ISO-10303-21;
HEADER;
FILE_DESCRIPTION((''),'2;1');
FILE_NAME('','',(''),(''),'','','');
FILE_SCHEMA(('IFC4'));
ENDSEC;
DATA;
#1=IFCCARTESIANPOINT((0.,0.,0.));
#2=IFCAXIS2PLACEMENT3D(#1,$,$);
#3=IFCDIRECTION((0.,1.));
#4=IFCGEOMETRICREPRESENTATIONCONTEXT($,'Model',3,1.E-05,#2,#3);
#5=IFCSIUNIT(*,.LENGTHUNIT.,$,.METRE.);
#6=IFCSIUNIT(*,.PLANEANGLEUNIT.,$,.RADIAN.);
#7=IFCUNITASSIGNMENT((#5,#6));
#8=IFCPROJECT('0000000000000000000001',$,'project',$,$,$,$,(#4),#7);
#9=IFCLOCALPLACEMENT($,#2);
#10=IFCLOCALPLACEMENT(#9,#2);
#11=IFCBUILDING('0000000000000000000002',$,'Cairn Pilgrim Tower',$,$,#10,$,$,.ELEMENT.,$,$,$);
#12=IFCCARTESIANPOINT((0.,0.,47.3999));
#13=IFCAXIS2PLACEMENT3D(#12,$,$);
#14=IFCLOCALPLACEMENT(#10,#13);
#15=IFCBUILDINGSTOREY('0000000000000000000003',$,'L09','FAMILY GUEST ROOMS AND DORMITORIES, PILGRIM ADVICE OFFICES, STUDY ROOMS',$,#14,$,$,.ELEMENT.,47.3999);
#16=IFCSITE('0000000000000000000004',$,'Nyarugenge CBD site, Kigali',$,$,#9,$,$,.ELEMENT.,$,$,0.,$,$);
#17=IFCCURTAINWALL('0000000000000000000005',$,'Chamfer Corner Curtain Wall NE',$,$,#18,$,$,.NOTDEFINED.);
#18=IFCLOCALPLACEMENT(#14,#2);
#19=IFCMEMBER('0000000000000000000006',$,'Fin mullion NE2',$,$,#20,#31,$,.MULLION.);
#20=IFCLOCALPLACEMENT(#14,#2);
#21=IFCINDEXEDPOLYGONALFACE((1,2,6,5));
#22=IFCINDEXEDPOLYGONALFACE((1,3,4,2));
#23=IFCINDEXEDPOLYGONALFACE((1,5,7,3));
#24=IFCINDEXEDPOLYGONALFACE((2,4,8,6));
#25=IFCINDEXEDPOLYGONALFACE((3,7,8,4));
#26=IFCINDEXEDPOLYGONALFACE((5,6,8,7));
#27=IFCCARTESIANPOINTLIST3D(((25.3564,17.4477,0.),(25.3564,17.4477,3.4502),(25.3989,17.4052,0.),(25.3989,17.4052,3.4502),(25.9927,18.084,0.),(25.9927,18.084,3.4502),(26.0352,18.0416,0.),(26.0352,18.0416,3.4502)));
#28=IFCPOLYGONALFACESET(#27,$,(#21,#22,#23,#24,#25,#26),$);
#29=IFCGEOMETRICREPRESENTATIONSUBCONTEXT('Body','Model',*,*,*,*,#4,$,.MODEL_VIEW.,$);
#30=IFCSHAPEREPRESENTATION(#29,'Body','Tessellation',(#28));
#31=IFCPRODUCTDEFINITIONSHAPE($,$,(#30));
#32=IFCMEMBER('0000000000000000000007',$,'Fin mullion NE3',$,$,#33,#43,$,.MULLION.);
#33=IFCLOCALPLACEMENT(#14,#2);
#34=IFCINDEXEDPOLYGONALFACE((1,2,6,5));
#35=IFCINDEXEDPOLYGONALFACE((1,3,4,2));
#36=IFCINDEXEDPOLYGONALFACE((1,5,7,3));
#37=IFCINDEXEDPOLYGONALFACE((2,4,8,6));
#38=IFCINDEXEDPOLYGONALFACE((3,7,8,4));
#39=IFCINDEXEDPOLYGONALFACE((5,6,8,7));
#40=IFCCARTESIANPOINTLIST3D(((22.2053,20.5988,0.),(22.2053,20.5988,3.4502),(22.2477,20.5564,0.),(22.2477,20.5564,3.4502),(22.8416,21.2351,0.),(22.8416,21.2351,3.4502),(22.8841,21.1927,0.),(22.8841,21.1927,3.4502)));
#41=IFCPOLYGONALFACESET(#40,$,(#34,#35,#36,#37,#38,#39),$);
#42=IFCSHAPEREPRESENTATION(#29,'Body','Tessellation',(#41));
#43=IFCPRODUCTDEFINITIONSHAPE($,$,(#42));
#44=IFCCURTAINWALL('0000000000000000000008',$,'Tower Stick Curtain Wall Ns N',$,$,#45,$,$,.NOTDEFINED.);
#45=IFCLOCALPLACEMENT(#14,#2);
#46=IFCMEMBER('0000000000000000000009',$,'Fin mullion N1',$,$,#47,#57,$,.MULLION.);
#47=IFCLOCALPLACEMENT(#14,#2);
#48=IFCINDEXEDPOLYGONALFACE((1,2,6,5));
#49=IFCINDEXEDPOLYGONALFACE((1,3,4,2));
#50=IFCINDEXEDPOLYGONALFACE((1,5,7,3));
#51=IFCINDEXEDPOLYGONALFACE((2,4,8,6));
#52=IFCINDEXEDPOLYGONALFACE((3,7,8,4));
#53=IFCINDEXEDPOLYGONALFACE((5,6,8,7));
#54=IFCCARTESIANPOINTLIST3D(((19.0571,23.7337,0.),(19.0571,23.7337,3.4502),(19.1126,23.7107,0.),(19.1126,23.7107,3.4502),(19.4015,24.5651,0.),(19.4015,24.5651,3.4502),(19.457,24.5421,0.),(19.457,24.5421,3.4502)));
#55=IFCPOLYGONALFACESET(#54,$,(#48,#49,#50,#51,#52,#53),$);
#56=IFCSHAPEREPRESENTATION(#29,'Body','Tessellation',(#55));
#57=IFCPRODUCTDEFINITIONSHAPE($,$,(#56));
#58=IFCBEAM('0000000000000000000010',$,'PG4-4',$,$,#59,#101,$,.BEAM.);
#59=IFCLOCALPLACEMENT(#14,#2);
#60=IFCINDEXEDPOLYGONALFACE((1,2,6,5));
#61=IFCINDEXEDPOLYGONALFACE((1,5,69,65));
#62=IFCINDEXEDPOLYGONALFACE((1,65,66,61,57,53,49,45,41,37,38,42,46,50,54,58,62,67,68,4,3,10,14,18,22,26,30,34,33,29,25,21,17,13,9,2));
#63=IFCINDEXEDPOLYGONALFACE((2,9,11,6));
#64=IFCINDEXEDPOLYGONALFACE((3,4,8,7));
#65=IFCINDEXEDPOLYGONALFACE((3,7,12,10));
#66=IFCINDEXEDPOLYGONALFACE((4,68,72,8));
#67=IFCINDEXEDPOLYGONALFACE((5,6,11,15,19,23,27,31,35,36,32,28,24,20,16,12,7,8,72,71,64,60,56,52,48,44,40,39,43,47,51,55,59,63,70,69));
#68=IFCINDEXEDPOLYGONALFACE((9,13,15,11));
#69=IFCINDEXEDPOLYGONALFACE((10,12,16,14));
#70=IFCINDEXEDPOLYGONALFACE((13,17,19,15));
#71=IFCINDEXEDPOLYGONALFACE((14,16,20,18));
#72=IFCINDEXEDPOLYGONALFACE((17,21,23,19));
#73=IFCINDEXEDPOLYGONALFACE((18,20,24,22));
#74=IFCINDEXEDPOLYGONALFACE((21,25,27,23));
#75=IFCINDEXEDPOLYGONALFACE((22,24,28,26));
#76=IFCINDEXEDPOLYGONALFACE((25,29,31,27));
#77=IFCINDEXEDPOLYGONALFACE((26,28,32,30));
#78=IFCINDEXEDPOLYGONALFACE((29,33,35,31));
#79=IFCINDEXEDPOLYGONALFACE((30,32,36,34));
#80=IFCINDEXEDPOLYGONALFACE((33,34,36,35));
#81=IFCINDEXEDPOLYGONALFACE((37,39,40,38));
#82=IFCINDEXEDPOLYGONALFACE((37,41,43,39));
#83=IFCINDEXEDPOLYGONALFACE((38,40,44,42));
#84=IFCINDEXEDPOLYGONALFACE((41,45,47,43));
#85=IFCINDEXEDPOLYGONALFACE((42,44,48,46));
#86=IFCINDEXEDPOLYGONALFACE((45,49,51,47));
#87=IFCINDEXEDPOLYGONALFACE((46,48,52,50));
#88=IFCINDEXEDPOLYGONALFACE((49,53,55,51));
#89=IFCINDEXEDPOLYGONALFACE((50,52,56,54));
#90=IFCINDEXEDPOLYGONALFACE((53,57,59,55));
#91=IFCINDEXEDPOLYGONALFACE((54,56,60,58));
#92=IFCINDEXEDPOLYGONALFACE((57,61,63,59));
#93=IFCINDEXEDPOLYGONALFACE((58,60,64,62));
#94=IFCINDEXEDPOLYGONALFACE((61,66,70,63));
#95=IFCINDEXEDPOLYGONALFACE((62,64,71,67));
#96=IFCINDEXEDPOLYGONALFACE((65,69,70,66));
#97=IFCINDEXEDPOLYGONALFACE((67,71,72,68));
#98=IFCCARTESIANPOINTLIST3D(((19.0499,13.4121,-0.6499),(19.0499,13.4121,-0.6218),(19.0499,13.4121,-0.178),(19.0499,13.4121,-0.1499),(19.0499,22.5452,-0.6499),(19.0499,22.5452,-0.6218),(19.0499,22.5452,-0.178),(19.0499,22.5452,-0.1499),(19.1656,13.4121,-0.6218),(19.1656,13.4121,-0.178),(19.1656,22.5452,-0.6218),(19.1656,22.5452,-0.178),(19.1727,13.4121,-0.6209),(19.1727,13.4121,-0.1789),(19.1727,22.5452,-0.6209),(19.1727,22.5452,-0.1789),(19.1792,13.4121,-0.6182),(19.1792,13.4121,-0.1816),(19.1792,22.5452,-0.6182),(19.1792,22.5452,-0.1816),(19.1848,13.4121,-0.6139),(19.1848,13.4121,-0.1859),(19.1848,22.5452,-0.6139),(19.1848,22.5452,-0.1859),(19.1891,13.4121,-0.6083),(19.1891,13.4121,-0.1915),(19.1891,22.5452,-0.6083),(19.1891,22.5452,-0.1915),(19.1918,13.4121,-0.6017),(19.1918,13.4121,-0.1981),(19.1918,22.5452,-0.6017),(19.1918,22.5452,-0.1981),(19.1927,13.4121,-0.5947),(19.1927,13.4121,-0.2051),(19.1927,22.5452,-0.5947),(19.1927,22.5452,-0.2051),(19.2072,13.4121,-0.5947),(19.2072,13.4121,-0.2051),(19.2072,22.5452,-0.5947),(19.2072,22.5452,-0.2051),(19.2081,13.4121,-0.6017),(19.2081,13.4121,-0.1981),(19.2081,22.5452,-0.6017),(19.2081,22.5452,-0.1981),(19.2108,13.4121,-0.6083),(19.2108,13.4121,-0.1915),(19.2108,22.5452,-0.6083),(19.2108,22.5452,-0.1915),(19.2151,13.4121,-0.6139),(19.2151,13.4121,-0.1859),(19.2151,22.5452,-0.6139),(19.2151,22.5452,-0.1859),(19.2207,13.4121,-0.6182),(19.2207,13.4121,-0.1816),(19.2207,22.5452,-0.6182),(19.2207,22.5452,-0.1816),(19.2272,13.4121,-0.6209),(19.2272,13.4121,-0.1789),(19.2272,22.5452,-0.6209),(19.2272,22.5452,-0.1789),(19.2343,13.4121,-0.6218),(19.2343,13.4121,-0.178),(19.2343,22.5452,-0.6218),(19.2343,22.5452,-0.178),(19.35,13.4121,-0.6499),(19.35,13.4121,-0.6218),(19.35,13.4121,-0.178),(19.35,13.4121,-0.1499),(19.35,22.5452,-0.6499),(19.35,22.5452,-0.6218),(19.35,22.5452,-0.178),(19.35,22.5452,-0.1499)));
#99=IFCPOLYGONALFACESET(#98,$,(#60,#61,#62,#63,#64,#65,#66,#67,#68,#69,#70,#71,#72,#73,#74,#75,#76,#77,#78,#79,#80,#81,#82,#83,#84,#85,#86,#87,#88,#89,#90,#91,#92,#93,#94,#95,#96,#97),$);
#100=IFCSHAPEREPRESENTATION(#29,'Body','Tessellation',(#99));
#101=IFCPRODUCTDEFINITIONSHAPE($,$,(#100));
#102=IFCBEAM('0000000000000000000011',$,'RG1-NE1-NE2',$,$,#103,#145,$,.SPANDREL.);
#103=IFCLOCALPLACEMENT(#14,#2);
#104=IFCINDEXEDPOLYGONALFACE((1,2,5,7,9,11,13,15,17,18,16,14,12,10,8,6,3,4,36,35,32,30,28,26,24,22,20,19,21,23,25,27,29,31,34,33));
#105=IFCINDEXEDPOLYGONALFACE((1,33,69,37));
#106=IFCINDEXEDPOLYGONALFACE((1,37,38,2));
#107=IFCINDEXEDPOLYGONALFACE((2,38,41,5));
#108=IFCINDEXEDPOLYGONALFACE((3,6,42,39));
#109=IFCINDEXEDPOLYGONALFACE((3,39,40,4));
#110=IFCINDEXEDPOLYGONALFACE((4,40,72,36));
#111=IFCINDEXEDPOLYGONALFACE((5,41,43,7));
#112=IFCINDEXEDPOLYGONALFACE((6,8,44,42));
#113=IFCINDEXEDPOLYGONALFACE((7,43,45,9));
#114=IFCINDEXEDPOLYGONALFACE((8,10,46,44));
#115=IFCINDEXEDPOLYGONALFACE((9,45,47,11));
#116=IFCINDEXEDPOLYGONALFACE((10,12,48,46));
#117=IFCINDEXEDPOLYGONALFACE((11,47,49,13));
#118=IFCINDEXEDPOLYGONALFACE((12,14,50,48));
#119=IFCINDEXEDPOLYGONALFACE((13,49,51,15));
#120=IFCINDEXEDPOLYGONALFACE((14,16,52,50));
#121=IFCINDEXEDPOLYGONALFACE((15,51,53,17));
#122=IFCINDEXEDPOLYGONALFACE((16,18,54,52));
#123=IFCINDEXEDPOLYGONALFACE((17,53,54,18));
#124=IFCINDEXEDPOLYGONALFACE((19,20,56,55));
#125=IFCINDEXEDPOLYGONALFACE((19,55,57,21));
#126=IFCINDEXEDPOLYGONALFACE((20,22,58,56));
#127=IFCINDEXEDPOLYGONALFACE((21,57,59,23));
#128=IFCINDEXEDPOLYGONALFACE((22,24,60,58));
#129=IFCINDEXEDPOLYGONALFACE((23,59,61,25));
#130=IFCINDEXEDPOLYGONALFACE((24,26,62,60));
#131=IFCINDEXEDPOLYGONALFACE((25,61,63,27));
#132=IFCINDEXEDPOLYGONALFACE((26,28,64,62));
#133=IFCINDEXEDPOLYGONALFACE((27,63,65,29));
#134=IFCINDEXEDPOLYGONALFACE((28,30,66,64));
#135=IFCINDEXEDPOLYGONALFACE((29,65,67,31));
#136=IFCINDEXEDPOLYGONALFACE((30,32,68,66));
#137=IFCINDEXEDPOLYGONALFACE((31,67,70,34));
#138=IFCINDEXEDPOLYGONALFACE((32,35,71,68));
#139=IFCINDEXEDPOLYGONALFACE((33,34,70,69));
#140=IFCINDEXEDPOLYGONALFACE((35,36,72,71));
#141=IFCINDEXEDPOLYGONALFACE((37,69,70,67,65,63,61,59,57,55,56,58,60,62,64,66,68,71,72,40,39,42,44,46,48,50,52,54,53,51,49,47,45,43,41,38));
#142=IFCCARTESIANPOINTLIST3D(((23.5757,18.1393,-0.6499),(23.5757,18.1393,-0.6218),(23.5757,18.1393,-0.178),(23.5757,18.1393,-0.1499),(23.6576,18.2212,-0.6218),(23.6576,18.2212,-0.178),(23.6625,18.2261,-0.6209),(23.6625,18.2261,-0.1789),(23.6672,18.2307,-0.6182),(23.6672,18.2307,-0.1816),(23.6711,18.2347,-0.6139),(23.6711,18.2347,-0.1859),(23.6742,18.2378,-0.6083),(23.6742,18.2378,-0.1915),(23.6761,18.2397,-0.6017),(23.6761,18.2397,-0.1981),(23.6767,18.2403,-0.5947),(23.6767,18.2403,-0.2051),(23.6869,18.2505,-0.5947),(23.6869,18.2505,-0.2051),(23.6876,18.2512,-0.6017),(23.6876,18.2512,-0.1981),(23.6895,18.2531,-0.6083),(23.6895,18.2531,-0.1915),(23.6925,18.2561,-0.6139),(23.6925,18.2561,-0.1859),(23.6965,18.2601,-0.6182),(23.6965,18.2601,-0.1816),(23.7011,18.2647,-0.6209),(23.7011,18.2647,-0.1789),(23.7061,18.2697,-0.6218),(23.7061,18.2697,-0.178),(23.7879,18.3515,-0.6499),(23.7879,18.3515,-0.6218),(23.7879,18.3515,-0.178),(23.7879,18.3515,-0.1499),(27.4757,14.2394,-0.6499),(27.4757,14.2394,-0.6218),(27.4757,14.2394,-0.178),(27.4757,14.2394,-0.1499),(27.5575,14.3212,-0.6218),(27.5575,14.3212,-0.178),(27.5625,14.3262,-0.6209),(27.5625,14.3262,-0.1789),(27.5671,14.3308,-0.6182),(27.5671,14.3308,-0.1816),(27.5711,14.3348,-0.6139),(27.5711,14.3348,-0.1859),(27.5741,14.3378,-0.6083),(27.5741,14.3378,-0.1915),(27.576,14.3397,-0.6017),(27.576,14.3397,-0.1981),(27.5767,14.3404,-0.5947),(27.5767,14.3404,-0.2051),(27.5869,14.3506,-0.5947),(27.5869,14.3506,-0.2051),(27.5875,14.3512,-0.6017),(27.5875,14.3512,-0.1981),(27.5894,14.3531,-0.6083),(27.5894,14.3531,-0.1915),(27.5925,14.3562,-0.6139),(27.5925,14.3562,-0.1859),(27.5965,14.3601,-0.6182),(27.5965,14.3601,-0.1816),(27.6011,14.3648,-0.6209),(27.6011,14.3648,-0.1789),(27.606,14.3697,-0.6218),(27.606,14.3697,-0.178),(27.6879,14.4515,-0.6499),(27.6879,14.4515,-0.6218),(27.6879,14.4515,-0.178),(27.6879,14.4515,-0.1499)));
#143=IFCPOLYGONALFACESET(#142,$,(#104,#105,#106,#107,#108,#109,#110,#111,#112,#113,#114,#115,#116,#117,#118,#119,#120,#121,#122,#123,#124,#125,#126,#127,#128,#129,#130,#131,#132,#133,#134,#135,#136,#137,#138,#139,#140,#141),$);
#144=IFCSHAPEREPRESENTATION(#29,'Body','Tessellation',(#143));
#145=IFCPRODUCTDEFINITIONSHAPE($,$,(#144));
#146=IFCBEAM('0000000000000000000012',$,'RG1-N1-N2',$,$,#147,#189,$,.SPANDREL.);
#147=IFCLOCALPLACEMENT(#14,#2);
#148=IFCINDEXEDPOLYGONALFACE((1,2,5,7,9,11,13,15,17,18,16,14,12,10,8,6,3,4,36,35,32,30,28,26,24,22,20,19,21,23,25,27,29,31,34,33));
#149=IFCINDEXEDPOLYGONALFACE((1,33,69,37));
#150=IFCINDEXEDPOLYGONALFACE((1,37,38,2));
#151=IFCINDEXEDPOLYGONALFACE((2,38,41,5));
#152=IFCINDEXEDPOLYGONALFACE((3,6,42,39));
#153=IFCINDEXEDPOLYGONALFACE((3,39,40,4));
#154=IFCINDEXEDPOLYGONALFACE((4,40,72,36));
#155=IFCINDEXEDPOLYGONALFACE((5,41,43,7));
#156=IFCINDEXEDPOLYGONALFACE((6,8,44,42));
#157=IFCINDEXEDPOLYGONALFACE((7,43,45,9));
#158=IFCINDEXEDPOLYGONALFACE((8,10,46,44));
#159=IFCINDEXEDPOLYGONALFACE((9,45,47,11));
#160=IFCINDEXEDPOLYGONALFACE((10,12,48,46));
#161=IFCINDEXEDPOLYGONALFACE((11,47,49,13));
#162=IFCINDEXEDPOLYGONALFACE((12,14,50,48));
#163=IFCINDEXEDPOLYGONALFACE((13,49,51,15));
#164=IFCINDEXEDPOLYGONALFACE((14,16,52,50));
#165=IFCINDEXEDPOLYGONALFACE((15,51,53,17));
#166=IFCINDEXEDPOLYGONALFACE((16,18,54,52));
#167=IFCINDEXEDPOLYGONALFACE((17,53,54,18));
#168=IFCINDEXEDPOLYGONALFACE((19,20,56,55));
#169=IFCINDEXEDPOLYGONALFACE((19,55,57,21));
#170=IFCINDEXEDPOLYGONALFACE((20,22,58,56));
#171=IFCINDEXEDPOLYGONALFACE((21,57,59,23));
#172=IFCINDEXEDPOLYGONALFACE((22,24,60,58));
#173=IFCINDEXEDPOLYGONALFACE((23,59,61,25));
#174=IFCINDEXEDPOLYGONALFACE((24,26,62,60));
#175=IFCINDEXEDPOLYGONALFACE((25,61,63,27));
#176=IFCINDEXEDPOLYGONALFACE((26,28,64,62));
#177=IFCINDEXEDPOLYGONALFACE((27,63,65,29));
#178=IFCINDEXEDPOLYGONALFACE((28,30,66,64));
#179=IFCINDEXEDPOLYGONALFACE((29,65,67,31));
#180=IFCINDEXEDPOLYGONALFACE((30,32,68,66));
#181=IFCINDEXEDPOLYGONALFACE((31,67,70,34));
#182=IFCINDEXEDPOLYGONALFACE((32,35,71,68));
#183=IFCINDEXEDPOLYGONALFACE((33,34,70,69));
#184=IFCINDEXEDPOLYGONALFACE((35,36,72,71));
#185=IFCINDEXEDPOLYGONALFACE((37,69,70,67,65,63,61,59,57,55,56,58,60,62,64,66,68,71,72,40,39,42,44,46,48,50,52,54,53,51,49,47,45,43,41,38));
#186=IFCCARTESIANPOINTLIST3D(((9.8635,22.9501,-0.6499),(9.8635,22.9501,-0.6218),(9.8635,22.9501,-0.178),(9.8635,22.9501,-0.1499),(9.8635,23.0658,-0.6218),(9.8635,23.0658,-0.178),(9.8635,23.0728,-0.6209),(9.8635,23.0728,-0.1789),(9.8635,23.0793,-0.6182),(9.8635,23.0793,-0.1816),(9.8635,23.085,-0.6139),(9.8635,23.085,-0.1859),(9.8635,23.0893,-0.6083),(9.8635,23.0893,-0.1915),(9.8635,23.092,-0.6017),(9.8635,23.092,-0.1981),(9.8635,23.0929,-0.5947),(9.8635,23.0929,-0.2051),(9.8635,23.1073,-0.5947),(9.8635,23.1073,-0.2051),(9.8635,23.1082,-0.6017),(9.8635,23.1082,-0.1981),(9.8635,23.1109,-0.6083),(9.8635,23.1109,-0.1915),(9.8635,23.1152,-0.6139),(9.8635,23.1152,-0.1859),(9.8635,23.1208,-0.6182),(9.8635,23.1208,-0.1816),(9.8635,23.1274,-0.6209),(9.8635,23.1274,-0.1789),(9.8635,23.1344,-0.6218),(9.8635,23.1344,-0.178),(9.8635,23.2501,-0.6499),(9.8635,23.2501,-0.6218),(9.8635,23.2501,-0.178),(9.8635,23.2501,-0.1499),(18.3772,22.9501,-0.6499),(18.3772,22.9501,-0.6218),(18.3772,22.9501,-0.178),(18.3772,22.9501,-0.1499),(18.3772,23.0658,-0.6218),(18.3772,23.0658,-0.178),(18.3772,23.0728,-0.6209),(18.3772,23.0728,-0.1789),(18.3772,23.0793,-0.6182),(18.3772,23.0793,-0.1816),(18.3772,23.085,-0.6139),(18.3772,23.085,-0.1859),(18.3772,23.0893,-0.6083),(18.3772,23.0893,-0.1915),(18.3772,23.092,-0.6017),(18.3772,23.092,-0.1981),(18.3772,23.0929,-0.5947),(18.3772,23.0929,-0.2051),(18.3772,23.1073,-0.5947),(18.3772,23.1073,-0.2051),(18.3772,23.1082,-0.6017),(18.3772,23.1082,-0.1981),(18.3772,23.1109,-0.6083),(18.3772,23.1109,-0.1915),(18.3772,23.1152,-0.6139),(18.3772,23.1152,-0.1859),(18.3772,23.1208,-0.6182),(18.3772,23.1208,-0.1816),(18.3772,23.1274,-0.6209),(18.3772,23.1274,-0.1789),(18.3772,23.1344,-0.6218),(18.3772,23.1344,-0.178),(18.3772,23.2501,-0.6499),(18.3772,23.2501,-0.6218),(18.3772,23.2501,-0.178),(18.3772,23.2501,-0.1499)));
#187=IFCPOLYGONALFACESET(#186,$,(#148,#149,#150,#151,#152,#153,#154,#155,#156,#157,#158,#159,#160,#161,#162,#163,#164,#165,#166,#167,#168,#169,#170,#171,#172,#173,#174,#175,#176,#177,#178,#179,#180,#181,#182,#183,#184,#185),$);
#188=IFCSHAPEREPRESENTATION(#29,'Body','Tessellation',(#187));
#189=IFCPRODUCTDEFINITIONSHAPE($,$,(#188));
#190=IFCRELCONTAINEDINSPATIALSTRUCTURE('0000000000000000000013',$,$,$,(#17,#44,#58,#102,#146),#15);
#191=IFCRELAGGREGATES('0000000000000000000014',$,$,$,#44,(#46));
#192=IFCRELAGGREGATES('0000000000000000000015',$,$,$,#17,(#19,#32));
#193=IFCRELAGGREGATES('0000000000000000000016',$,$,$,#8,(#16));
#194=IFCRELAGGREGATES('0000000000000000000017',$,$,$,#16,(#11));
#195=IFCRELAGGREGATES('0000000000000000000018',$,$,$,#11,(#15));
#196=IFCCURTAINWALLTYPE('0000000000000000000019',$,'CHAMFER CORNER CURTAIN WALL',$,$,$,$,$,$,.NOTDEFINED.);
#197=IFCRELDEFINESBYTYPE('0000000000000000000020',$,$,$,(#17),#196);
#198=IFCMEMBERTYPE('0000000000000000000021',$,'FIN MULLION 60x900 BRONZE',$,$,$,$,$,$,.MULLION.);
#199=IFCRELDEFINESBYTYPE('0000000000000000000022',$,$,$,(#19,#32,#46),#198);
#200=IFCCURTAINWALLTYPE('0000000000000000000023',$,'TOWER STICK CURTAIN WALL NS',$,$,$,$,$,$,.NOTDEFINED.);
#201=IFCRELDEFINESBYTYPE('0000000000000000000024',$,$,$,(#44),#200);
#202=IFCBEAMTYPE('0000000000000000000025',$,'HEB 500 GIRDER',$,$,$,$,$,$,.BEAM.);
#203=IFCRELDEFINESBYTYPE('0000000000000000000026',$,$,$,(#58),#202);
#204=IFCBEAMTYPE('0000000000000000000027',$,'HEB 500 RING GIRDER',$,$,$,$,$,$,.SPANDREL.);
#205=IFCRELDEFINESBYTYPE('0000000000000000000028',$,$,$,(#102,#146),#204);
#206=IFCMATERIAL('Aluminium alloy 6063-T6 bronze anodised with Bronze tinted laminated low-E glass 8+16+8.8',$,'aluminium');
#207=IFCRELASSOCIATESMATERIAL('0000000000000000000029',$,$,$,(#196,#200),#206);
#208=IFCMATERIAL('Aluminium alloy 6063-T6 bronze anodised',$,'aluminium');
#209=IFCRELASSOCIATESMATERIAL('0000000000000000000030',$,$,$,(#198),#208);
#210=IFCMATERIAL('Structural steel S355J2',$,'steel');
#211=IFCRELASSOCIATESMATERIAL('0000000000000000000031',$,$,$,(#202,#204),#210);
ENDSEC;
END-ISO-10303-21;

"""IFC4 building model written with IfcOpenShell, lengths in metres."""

from ifc_helpers import new_model, si_unit, direction, frame, origin, origin_2d, place, context, subcontext, project, spatial, rectangle, i_section, extrude, material, material_profile, profile_set, type_object, element, aggregate, save


model = new_model("IFC4")

# Units and contexts
model_context = context("Model", 3, precision=1e-05, world=origin(), true_north=direction((0.0, 1.0)))
body_context = subcontext(model_context, "Body", "Model", "MODEL_VIEW")
ifc_project = project(units=[si_unit("LENGTHUNIT", "METRE"), si_unit("PLANEANGLEUNIT", "RADIAN")], contexts=[model_context])

# Site, building, storey
site_placement = place(None, origin())
site = spatial("IfcSite", under=ifc_project, at=site_placement, Name="Nyarugenge CBD site, Kigali", CompositionType="ELEMENT", RefElevation=0.0)
building_placement = place(site_placement, origin())
building = spatial("IfcBuilding", under=site, at=building_placement, Name="Cairn Pilgrim Tower", CompositionType="ELEMENT")
storey_placement = place(building_placement, frame((0.0, 0.0, 47.3999)))
storey = spatial("IfcBuildingStorey", under=building, at=storey_placement, Name="L09", Description="FAMILY GUEST ROOMS AND DORMITORIES, PILGRIM ADVICE OFFICES, STUDY ROOMS", CompositionType="ELEMENT", Elevation=47.3999)

# Shared definitions
ifc_material_1 = material(Name="Structural steel S355J2", Category="steel")

# Curtain wall, members
ifc_material_2 = material(Name="Aluminium alloy 6063-T6 bronze anodised with Bronze tinted laminated low-E glass 8+16+8.8", Category="aluminium")
curtain_wall_type_1 = type_object("IfcCurtainWallType", Name="CHAMFER CORNER CURTAIN WALL", PredefinedType="NOTDEFINED", material=ifc_material_2)
curtain_wall_1_placement = place(storey_placement, origin())
curtain_wall_1 = element("IfcCurtainWall", 1, at=curtain_wall_1_placement, inside=storey, type_object=curtain_wall_type_1, Name="Chamfer Corner Curtain Wall NE", PredefinedType="NOTDEFINED")
ifc_material_3 = material(Name="Aluminium alloy 6063-T6 bronze anodised", Category="aluminium")
ifc_material_profile_1 = material_profile(ifc_material_3, rectangle(XDim=0.8999, YDim=0.0601, at=origin_2d()), Name="FIN MULLION 60x900 BRONZE")
ifc_profile_set_1 = profile_set([ifc_material_profile_1], Name="Aluminium alloy 6063-T6 bronze anodised")
member_type_1 = type_object("IfcMemberType", Name="FIN MULLION 60x900 BRONZE", PredefinedType="MULLION", material=ifc_profile_set_1)
member_1_placement = place(storey_placement, frame((25.6958, 17.7446, 0.0), z_axis=(0.0, 0.0, 1.0), x_axis=(0.707107, 0.707107, 0.0)))
member_1 = element("IfcMember", 2, at=member_1_placement, type_object=member_type_1, Name="Fin mullion NE2", PredefinedType="MULLION", context=body_context, shape_type="SweptSolid", body=[
    extrude(rectangle(XDim=0.8999, YDim=0.0601, at=origin_2d()), origin(), (0.0, 0.0, 1.0), 3.4502),
])
member_2_placement = place(storey_placement, frame((22.5447, 20.8958, 0.0), z_axis=(0.0, 0.0, 1.0), x_axis=(0.707107, 0.707107, 0.0)))
member_2 = element("IfcMember", 3, at=member_2_placement, type_object=member_type_1, Name="Fin mullion NE3", PredefinedType="MULLION", context=body_context, shape_type="SweptSolid", body=[
    extrude(rectangle(XDim=0.8999, YDim=0.0601, at=origin_2d()), origin(), (0.0, 0.0, 1.0), 3.4502),
])

# Curtain wall, member
curtain_wall_type_2 = type_object("IfcCurtainWallType", Name="TOWER STICK CURTAIN WALL NS", PredefinedType="NOTDEFINED", material=ifc_material_2)
curtain_wall_2_placement = place(storey_placement, origin())
curtain_wall_2 = element("IfcCurtainWall", 4, at=curtain_wall_2_placement, inside=storey, type_object=curtain_wall_type_2, Name="Tower Stick Curtain Wall Ns N", PredefinedType="NOTDEFINED")
member_3_placement = place(storey_placement, frame((19.2571, 24.1379, 0.0), z_axis=(0.0, 0.0, 1.0), x_axis=(0.382683, 0.92388, 0.0)))
member_3 = element("IfcMember", 5, at=member_3_placement, type_object=member_type_1, Name="Fin mullion N1", PredefinedType="MULLION", context=body_context, shape_type="SweptSolid", body=[
    extrude(rectangle(XDim=0.8999, YDim=0.0601, at=origin_2d()), origin(), (0.0, 0.0, 1.0), 3.4502),
])
aggregate(curtain_wall_2, [member_3])

# Beams
ifc_material_profile_2 = material_profile(ifc_material_1, i_section(OverallWidth=0.3, OverallDepth=0.5, WebThickness=0.0144, FlangeThickness=0.0281, FilletRadius=0.0271, at=origin_2d()), Name="HEB 500")
ifc_profile_set_2 = profile_set([ifc_material_profile_2], Name="Structural steel S355J2")
beam_type_1 = type_object("IfcBeamType", Name="HEB 500 GIRDER", PredefinedType="BEAM", material=ifc_profile_set_2)
beam_1_placement = place(storey_placement, frame((19.2, 13.4121, -0.3999), z_axis=(0.0, 1.0, 0.0), x_axis=(-1.0, 0.0, 0.0)))
element("IfcBeam", 6, at=beam_1_placement, inside=storey, type_object=beam_type_1, Name="PG4-4", PredefinedType="BEAM", context=body_context, shape_type="SweptSolid", body=[
    extrude(i_section(OverallWidth=0.3, OverallDepth=0.5, WebThickness=0.0144, FlangeThickness=0.0281, FilletRadius=0.0271, at=origin_2d()), origin(), (0.0, 0.0, 1.0), 9.1331),
])
ifc_material_profile_3 = material_profile(ifc_material_1, i_section(OverallWidth=0.3, OverallDepth=0.5, WebThickness=0.0144, FlangeThickness=0.0281, FilletRadius=0.0271, at=origin_2d()), Name="HEB 500")
ifc_profile_set_3 = profile_set([ifc_material_profile_3], Name="Structural steel S355J2")
beam_type_2 = type_object("IfcBeamType", Name="HEB 500 RING GIRDER", PredefinedType="SPANDREL", material=ifc_profile_set_3)
beam_2_placement = place(storey_placement, frame((27.5818, 14.3455, -0.3999), z_axis=(-0.707107, 0.707107, 0.0), x_axis=(-0.707107, -0.707107, 0.0)))
element("IfcBeam", 7, at=beam_2_placement, inside=storey, type_object=beam_type_2, Name="RG1-NE1-NE2", PredefinedType="SPANDREL", context=body_context, shape_type="SweptSolid", body=[
    extrude(i_section(OverallWidth=0.3, OverallDepth=0.5, WebThickness=0.0144, FlangeThickness=0.0281, FilletRadius=0.0271, at=origin_2d()), origin(), (0.0, 0.0, 1.0), 5.5154),
])
beam_3_placement = place(storey_placement, frame((18.3772, 23.1001, -0.3999), z_axis=(-1.0, 0.0, 0.0), x_axis=(0.0, -1.0, 0.0)))
element("IfcBeam", 8, at=beam_3_placement, inside=storey, type_object=beam_type_2, Name="RG1-N1-N2", PredefinedType="SPANDREL", context=body_context, shape_type="SweptSolid", body=[
    extrude(i_section(OverallWidth=0.3, OverallDepth=0.5, WebThickness=0.0144, FlangeThickness=0.0281, FilletRadius=0.0271, at=origin_2d()), origin(), (0.0, 0.0, 1.0), 8.5137),
])

aggregate(curtain_wall_1, [member_1, member_2])

save(model, "model.ifc")
